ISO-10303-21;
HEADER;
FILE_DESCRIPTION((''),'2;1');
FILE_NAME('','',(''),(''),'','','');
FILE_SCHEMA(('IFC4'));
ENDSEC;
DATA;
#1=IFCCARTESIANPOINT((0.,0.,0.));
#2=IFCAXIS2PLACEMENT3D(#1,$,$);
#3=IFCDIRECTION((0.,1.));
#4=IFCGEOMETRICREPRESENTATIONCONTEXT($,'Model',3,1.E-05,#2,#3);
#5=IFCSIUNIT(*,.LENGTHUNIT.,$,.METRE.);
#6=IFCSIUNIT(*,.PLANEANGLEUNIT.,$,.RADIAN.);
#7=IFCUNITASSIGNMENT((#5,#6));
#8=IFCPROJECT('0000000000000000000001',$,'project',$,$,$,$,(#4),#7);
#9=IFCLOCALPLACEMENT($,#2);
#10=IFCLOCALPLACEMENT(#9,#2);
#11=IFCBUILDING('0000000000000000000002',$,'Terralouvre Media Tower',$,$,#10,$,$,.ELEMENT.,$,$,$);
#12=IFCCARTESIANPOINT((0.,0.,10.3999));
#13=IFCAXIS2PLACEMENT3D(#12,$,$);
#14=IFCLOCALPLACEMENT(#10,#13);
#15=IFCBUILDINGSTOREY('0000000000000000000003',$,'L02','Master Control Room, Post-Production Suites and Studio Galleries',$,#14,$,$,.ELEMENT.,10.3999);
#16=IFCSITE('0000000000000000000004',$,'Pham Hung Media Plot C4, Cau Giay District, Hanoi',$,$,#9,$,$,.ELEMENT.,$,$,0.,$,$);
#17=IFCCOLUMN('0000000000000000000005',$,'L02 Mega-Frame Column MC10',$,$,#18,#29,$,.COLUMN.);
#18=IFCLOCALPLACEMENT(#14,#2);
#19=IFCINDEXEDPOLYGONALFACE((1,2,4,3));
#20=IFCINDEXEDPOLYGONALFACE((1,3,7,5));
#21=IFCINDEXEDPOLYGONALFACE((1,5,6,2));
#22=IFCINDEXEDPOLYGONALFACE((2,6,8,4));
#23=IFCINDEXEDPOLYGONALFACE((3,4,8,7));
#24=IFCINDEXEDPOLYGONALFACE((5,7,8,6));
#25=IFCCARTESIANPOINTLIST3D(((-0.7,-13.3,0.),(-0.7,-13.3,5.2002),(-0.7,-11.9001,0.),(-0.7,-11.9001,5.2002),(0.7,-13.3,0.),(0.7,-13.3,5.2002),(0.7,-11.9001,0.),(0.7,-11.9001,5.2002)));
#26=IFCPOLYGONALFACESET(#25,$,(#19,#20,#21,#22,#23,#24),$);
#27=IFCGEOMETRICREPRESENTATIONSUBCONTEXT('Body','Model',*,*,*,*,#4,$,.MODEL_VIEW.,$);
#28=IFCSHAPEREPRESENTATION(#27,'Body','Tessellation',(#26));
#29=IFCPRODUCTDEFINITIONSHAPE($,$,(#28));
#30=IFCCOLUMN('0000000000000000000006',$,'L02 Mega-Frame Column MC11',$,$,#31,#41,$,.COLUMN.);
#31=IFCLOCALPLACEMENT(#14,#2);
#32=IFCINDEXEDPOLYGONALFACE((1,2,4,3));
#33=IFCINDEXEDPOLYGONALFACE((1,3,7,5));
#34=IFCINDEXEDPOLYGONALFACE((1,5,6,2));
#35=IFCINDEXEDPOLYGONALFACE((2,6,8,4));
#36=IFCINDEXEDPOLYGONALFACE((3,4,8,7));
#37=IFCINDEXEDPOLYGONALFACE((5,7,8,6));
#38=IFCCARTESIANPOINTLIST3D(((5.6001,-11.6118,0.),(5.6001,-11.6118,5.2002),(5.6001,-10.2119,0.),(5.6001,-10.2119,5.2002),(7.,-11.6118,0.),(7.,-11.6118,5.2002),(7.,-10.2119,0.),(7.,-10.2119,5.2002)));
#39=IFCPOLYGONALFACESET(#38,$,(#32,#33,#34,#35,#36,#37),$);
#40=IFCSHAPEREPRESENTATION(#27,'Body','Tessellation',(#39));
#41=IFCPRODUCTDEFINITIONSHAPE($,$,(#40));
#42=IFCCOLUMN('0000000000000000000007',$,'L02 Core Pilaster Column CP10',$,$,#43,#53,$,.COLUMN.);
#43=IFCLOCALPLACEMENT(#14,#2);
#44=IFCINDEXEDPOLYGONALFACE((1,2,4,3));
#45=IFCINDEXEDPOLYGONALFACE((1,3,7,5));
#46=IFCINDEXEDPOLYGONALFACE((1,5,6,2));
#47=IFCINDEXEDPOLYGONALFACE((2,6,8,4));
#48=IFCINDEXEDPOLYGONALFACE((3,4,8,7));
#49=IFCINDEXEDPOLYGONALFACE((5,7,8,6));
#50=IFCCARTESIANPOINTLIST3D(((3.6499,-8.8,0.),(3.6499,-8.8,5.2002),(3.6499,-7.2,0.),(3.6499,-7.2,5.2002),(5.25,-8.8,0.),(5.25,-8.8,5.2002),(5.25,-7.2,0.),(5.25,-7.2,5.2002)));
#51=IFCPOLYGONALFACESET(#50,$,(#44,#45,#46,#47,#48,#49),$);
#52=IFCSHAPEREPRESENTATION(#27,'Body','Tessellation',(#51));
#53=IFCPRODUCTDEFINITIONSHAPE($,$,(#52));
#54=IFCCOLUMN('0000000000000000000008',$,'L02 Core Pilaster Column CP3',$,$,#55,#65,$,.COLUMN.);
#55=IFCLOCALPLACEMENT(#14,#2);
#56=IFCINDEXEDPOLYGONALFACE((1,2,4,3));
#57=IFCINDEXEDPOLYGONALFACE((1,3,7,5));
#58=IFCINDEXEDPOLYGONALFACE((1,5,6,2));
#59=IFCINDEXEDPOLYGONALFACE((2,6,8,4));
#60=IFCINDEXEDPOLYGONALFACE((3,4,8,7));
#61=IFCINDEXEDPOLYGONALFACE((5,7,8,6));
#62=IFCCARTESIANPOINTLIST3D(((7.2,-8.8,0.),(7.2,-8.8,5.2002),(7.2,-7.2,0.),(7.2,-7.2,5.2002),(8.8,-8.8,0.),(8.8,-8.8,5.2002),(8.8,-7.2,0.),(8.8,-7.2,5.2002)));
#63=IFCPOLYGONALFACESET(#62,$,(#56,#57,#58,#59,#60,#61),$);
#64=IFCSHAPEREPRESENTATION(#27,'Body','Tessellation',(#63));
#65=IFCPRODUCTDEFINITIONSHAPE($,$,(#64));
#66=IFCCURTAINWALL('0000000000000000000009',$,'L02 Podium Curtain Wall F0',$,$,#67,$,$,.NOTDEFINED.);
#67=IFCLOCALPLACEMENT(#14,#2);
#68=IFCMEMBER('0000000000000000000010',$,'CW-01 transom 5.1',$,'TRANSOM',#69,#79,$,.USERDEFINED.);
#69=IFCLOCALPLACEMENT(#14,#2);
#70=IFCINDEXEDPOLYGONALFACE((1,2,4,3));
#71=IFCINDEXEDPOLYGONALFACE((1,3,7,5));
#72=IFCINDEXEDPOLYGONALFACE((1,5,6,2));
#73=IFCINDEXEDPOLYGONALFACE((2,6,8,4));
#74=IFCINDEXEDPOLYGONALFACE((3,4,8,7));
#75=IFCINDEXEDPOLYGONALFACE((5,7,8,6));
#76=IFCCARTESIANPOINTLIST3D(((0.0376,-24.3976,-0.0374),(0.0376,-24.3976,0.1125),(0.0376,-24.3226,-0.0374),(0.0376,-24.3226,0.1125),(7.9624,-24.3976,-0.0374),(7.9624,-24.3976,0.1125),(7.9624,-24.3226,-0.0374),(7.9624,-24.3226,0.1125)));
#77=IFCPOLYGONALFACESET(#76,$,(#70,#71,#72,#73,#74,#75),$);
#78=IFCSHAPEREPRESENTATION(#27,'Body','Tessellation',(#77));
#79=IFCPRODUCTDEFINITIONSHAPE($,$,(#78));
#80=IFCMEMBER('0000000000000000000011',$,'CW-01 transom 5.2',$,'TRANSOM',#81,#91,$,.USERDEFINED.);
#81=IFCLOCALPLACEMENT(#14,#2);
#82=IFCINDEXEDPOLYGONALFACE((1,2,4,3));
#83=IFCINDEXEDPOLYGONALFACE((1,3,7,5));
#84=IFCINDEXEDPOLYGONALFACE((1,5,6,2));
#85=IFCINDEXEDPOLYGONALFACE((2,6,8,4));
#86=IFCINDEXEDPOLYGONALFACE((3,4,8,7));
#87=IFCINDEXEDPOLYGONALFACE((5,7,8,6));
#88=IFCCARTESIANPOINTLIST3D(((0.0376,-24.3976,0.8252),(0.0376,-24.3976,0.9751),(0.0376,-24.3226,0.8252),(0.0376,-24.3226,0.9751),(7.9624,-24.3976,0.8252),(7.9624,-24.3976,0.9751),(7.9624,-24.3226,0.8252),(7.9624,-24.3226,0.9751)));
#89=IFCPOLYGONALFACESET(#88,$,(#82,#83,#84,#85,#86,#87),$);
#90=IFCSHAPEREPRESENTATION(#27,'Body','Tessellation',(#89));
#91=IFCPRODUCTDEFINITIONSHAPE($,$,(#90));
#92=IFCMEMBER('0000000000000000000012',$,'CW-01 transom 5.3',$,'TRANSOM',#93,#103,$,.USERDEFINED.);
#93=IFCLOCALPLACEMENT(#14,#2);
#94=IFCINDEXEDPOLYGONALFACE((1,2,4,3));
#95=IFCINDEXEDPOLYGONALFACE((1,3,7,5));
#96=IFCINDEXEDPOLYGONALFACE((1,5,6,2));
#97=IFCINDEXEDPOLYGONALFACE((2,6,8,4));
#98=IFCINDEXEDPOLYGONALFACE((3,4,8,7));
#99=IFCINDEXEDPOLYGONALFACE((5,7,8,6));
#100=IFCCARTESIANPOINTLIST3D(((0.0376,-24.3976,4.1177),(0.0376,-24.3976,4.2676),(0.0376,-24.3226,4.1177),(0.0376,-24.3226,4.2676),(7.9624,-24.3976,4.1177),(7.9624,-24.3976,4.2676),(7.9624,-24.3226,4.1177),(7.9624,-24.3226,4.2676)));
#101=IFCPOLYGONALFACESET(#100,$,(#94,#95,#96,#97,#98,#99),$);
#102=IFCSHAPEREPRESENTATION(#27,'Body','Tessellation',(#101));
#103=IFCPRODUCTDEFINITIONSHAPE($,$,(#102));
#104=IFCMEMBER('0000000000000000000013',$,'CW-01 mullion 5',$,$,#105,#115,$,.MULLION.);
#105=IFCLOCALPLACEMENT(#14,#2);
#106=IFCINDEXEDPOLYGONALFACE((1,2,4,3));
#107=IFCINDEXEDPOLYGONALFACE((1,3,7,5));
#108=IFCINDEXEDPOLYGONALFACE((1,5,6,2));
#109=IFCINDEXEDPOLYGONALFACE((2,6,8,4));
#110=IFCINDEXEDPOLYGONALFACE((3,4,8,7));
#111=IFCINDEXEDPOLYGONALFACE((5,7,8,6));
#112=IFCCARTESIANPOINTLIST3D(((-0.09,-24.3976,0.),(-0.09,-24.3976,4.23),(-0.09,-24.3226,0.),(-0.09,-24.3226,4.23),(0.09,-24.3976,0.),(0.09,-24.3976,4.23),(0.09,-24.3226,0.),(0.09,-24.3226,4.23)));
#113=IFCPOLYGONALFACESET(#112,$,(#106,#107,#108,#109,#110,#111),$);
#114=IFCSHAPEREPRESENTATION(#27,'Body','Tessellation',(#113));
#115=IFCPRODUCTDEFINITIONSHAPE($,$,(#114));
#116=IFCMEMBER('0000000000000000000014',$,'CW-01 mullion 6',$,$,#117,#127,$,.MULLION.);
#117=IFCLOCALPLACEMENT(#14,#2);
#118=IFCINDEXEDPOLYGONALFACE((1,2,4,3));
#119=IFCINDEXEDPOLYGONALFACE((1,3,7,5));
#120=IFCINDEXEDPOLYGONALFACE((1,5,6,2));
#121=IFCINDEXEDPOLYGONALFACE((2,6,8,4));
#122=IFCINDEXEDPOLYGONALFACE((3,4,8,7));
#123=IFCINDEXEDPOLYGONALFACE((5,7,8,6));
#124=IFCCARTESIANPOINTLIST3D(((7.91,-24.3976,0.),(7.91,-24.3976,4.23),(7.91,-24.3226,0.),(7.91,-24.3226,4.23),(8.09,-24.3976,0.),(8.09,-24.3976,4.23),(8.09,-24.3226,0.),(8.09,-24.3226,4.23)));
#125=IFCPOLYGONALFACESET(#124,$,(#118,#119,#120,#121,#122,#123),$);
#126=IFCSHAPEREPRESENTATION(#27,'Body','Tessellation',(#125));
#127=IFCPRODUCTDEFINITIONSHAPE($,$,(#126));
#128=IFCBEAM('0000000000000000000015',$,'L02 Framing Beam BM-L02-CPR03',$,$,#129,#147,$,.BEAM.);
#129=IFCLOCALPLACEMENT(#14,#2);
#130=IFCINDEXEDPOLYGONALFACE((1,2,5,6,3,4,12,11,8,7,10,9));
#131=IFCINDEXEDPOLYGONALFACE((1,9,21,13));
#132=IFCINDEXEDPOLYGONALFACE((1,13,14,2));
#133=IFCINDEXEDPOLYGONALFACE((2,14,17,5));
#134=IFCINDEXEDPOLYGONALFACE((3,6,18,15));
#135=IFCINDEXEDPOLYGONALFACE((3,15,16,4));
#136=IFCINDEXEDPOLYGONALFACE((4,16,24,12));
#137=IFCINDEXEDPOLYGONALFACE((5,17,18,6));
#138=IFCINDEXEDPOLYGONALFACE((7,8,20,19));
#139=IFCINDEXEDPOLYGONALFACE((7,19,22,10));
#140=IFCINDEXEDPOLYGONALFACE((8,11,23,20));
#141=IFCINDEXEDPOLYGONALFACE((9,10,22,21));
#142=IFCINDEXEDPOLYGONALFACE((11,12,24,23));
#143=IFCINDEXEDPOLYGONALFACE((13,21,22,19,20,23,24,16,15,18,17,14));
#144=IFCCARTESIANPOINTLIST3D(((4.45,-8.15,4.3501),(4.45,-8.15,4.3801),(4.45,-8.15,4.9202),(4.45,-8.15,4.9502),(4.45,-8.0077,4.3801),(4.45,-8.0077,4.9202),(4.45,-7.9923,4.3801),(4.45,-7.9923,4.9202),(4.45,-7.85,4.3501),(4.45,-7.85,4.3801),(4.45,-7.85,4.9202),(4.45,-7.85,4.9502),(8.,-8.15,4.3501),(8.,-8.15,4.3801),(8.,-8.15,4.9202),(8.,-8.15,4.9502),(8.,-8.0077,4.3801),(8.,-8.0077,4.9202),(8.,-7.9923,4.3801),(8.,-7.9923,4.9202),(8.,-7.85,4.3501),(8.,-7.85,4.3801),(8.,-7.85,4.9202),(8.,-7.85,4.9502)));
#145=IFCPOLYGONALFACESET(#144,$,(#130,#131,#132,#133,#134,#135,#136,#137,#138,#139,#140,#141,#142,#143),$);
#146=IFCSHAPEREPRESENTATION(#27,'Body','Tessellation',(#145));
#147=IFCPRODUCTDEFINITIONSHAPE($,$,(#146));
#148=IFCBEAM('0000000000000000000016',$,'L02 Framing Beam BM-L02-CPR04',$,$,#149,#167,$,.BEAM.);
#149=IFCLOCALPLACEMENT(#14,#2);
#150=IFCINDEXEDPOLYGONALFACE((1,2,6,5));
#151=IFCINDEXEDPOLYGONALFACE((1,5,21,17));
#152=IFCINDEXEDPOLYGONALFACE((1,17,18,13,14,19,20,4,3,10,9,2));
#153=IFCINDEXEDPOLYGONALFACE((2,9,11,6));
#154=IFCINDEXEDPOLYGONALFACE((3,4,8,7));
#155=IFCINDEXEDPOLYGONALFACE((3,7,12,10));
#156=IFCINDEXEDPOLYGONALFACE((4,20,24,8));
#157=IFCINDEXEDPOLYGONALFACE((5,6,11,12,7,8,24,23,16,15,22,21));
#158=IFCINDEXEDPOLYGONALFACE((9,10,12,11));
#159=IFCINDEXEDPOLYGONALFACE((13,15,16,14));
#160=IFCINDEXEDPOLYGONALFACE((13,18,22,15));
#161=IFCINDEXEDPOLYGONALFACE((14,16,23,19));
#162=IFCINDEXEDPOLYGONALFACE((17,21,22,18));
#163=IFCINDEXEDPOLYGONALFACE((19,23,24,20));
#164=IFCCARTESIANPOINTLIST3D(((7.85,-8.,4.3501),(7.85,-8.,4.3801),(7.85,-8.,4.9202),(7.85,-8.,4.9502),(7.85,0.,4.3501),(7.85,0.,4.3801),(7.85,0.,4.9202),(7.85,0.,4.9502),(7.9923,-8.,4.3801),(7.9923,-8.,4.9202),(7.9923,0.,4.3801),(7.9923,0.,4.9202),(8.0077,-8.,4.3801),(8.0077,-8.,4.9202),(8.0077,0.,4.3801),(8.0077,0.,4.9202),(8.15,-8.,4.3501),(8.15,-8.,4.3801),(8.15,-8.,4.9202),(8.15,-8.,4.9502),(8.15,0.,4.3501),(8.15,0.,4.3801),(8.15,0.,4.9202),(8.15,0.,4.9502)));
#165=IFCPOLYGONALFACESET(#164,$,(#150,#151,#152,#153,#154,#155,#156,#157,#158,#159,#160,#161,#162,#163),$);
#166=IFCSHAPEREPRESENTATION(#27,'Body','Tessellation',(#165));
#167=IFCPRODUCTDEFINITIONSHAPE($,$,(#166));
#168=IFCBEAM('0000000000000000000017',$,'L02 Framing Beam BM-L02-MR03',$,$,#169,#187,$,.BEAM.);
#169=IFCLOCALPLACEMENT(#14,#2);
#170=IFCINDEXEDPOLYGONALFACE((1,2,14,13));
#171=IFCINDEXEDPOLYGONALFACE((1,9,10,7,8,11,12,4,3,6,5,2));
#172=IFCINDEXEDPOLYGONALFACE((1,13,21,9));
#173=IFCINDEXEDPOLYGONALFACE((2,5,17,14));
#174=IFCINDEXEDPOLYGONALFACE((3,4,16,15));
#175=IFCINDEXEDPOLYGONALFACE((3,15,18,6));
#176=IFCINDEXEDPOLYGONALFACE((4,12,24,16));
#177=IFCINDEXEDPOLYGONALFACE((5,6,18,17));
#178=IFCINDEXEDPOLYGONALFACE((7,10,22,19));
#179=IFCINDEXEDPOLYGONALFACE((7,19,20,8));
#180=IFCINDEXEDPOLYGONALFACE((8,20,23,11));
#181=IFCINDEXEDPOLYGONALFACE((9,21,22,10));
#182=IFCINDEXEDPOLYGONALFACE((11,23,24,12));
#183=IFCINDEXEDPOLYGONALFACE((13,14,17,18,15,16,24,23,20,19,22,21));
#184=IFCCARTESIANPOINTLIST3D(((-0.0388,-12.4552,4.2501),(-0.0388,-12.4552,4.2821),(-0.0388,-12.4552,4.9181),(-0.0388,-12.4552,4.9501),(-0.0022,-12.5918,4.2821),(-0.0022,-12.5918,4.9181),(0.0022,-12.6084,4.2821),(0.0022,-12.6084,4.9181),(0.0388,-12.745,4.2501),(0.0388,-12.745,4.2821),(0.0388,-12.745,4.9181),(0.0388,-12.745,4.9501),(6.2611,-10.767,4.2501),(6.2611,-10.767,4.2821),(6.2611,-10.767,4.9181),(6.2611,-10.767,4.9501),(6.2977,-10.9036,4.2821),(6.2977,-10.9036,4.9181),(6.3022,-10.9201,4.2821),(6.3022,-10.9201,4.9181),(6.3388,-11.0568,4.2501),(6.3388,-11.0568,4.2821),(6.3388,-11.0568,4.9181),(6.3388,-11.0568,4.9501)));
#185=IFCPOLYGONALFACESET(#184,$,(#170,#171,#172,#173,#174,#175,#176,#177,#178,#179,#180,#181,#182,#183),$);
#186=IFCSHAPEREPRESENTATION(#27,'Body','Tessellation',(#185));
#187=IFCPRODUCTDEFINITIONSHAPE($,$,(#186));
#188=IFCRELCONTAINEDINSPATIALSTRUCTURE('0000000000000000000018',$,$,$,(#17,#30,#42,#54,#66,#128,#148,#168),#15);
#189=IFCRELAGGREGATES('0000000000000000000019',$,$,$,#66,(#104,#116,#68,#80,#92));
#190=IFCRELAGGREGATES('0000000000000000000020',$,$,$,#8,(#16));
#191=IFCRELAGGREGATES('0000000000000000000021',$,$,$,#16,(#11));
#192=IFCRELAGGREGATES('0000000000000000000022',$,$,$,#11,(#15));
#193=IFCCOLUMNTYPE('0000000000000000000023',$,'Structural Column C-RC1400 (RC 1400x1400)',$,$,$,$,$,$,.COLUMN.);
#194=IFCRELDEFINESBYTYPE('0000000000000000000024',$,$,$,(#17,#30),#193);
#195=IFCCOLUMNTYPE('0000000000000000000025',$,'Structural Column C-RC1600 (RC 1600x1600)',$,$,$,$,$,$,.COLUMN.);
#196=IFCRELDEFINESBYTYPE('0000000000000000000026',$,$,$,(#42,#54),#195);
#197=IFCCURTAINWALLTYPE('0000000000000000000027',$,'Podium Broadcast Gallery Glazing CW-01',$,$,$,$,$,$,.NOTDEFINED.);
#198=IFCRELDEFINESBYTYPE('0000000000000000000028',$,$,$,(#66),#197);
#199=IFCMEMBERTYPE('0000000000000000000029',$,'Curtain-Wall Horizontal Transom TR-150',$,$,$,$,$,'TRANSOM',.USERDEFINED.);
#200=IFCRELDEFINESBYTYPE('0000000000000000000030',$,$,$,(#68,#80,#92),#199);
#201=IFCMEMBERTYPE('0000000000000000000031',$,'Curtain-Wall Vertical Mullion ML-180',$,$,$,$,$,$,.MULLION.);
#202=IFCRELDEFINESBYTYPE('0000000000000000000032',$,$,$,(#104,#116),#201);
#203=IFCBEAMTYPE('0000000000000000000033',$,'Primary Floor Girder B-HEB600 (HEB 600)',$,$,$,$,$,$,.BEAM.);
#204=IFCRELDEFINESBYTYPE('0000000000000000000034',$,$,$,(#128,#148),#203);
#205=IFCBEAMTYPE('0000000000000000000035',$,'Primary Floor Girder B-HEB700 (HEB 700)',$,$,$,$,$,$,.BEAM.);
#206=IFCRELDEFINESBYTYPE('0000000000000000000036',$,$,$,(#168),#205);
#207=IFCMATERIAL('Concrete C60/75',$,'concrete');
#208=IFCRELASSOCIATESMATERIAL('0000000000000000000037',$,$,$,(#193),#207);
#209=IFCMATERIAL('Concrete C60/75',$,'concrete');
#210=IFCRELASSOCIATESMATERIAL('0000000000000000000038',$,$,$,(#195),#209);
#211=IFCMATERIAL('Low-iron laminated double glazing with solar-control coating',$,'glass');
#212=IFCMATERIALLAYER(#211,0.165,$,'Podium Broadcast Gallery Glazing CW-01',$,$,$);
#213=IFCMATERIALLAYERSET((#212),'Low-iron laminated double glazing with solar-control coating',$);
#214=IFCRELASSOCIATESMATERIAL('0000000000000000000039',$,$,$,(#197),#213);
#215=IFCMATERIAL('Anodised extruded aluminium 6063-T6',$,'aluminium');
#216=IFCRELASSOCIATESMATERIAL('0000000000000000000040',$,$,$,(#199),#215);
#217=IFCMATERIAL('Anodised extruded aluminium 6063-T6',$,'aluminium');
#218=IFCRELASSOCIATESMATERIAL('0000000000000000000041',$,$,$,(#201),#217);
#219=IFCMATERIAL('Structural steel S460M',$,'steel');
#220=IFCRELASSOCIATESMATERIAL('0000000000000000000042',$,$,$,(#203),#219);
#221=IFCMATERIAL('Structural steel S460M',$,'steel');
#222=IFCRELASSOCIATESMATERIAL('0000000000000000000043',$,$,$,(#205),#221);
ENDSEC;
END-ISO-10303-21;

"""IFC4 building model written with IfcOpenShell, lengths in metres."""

from ifc_helpers import new_model, si_unit, direction, frame, origin, origin_2d, place, context, subcontext, project, spatial, rectangle, i_section, extrude, material, layer, layer_set, material_profile, profile_set, type_object, element, aggregate, save


model = new_model("IFC4")

# Units and contexts
model_context = context("Model", 3, precision=1e-05, world=origin(), true_north=direction((0.0, 1.0)))
body_context = subcontext(model_context, "Body", "Model", "MODEL_VIEW")
ifc_project = project(units=[si_unit("LENGTHUNIT", "METRE"), si_unit("PLANEANGLEUNIT", "RADIAN")], contexts=[model_context])

# Site, building, storey
site_placement = place(None, origin())
site = spatial("IfcSite", under=ifc_project, at=site_placement, Name="Pham Hung Media Plot C4, Cau Giay District, Hanoi", CompositionType="ELEMENT", RefElevation=0.0)
building_placement = place(site_placement, origin())
building = spatial("IfcBuilding", under=site, at=building_placement, Name="Terralouvre Media Tower", CompositionType="ELEMENT")
storey_placement = place(building_placement, frame((0.0, 0.0, 10.3999)))
storey = spatial("IfcBuildingStorey", under=building, at=storey_placement, Name="L02", Description="Master Control Room, Post-Production Suites and Studio Galleries", CompositionType="ELEMENT", Elevation=10.3999)

# Columns
ifc_material_1 = material(Name="Concrete C60/75", Category="concrete")
ifc_material_profile_1 = material_profile(ifc_material_1, rectangle(XDim=1.3999, YDim=1.3999, at=origin_2d()), Name="RC 1400x1400")
ifc_profile_set_1 = profile_set([ifc_material_profile_1], Name="Concrete C60/75")
column_type_1 = type_object("IfcColumnType", Name="Structural Column C-RC1400 (RC 1400x1400)", PredefinedType="COLUMN", material=ifc_profile_set_1)
for number, where, z_axis, x_axis, name in (
    (1, (0.0, -12.6001, 0.0), (0.0, 0.0, 1.0), (1.0, 0.0, 0.0), "L02 Mega-Frame Column MC10"),
    (2, (6.3, -10.9119, 0.0), (0.0, 0.0, 1.0), (1.0, 0.0, 0.0), "L02 Mega-Frame Column MC11"),
):
    element("IfcColumn", number, at=place(storey_placement, frame(where, z_axis=z_axis, x_axis=x_axis)), inside=storey, type_object=column_type_1, Name=name, PredefinedType="COLUMN", context=body_context, shape_type="SweptSolid", body=[
        extrude(rectangle(XDim=1.3999, YDim=1.3999, at=origin_2d()), origin(), (0.0, 0.0, 1.0), 5.2002),
    ])
ifc_material_2 = material(Name="Concrete C60/75", Category="concrete")
ifc_material_profile_2 = material_profile(ifc_material_2, rectangle(XDim=1.6001, YDim=1.6001, at=origin_2d()), Name="RC 1600x1600")
ifc_profile_set_2 = profile_set([ifc_material_profile_2], Name="Concrete C60/75")
column_type_2 = type_object("IfcColumnType", Name="Structural Column C-RC1600 (RC 1600x1600)", PredefinedType="COLUMN", material=ifc_profile_set_2)
for number, where, z_axis, x_axis, name in (
    (3, (4.45, -8.0, 0.0), (0.0, 0.0, 1.0), (1.0, 0.0, 0.0), "L02 Core Pilaster Column CP10"),
    (4, (8.0, -8.0, 0.0), (0.0, 0.0, 1.0), (1.0, 0.0, 0.0), "L02 Core Pilaster Column CP3"),
):
    element("IfcColumn", number, at=place(storey_placement, frame(where, z_axis=z_axis, x_axis=x_axis)), inside=storey, type_object=column_type_2, Name=name, PredefinedType="COLUMN", context=body_context, shape_type="SweptSolid", body=[
        extrude(rectangle(XDim=1.6001, YDim=1.6001, at=origin_2d()), origin(), (0.0, 0.0, 1.0), 5.2002),
    ])

# Curtain wall, members
ifc_material_3 = material(Name="Low-iron laminated double glazing with solar-control coating", Category="glass")
ifc_layer_1 = layer(ifc_material_3, 0.165, Name="Podium Broadcast Gallery Glazing CW-01")
ifc_layer_set_1 = layer_set([ifc_layer_1], Name="Low-iron laminated double glazing with solar-control coating")
curtain_wall_type = type_object("IfcCurtainWallType", Name="Podium Broadcast Gallery Glazing CW-01", PredefinedType="NOTDEFINED", material=ifc_layer_set_1)
curtain_wall_placement = place(storey_placement, origin())
curtain_wall = element("IfcCurtainWall", 5, at=curtain_wall_placement, inside=storey, type_object=curtain_wall_type, Name="L02 Podium Curtain Wall F0", PredefinedType="NOTDEFINED")
ifc_material_4 = material(Name="Anodised extruded aluminium 6063-T6", Category="aluminium")
ifc_material_profile_3 = material_profile(ifc_material_4, rectangle(XDim=0.075, YDim=0.1499, at=origin_2d()), Name="ALU 75x150")
ifc_profile_set_3 = profile_set([ifc_material_profile_3], Name="Anodised extruded aluminium 6063-T6")
member_type_1 = type_object("IfcMemberType", Name="Curtain-Wall Horizontal Transom TR-150", ElementType="TRANSOM", PredefinedType="USERDEFINED", material=ifc_profile_set_3)
member_1_placement = place(storey_placement, frame((0.0376, -24.3601, 0.0376), z_axis=(1.0, 0.0, 0.0), x_axis=(0.0, 1.0, 0.0)))
member_1 = element("IfcMember", 6, at=member_1_placement, type_object=member_type_1, Name="CW-01 transom 5.1", ObjectType="TRANSOM", PredefinedType="USERDEFINED", context=body_context, shape_type="SweptSolid", body=[
    extrude(rectangle(XDim=0.075, YDim=0.1499, at=origin_2d()), origin(), (0.0, 0.0, 1.0), 7.9248),
])
member_2_placement = place(storey_placement, frame((0.0376, -24.3601, 0.9001), z_axis=(1.0, 0.0, 0.0), x_axis=(0.0, 1.0, 0.0)))
member_2 = element("IfcMember", 7, at=member_2_placement, type_object=member_type_1, Name="CW-01 transom 5.2", ObjectType="TRANSOM", PredefinedType="USERDEFINED", context=body_context, shape_type="SweptSolid", body=[
    extrude(rectangle(XDim=0.075, YDim=0.1499, at=origin_2d()), origin(), (0.0, 0.0, 1.0), 7.9248),
])
member_3_placement = place(storey_placement, frame((0.0376, -24.3601, 4.1926), z_axis=(1.0, 0.0, 0.0), x_axis=(0.0, 1.0, 0.0)))
member_3 = element("IfcMember", 8, at=member_3_placement, type_object=member_type_1, Name="CW-01 transom 5.3", ObjectType="TRANSOM", PredefinedType="USERDEFINED", context=body_context, shape_type="SweptSolid", body=[
    extrude(rectangle(XDim=0.075, YDim=0.1499, at=origin_2d()), origin(), (0.0, 0.0, 1.0), 7.9248),
])
ifc_material_5 = material(Name="Anodised extruded aluminium 6063-T6", Category="aluminium")
ifc_material_profile_4 = material_profile(ifc_material_5, rectangle(XDim=0.075, YDim=0.1799, at=origin_2d()), Name="ALU 75x180")
ifc_profile_set_4 = profile_set([ifc_material_profile_4], Name="Anodised extruded aluminium 6063-T6")
member_type_2 = type_object("IfcMemberType", Name="Curtain-Wall Vertical Mullion ML-180", PredefinedType="MULLION", material=ifc_profile_set_4)
member_4_placement = place(storey_placement, frame((0.0, -24.3601, 0.0), z_axis=(0.0, 0.0, 1.0), x_axis=(0.0, 1.0, 0.0)))
member_4 = element("IfcMember", 9, at=member_4_placement, type_object=member_type_2, Name="CW-01 mullion 5", PredefinedType="MULLION", context=body_context, shape_type="SweptSolid", body=[
    extrude(rectangle(XDim=0.075, YDim=0.1799, at=origin_2d()), origin(), (0.0, 0.0, 1.0), 4.23),
])
member_5_placement = place(storey_placement, frame((8.0, -24.3601, 0.0), z_axis=(0.0, 0.0, 1.0), x_axis=(0.0, 1.0, 0.0)))
member_5 = element("IfcMember", 10, at=member_5_placement, type_object=member_type_2, Name="CW-01 mullion 6", PredefinedType="MULLION", context=body_context, shape_type="SweptSolid", body=[
    extrude(rectangle(XDim=0.075, YDim=0.1799, at=origin_2d()), origin(), (0.0, 0.0, 1.0), 4.23),
])

# Beams
ifc_material_6 = material(Name="Structural steel S460M", Category="steel")
ifc_material_profile_5 = material_profile(ifc_material_6, i_section(OverallWidth=0.3, OverallDepth=0.6001, WebThickness=0.0154, FlangeThickness=0.03, at=origin_2d()), Name="HEB 600")
ifc_profile_set_5 = profile_set([ifc_material_profile_5], Name="Structural steel S460M")
beam_type_1 = type_object("IfcBeamType", Name="Primary Floor Girder B-HEB600 (HEB 600)", PredefinedType="BEAM", material=ifc_profile_set_5)
beam_1_placement = place(storey_placement, frame((4.45, -8.0, 4.6501), z_axis=(1.0, 0.0, 0.0), x_axis=(0.0, 1.0, 0.0)))
element("IfcBeam", 11, at=beam_1_placement, inside=storey, type_object=beam_type_1, Name="L02 Framing Beam BM-L02-CPR03", PredefinedType="BEAM", context=body_context, shape_type="SweptSolid", body=[
    extrude(i_section(OverallWidth=0.3, OverallDepth=0.6001, WebThickness=0.0154, FlangeThickness=0.03, at=origin_2d()), origin(), (0.0, 0.0, 1.0), 3.55),
])
beam_2_placement = place(storey_placement, frame((8.0, -8.0, 4.6501), z_axis=(0.0, 1.0, 0.0), x_axis=(-1.0, 0.0, 0.0)))
element("IfcBeam", 12, at=beam_2_placement, inside=storey, type_object=beam_type_1, Name="L02 Framing Beam BM-L02-CPR04", PredefinedType="BEAM", context=body_context, shape_type="SweptSolid", body=[
    extrude(i_section(OverallWidth=0.3, OverallDepth=0.6001, WebThickness=0.0154, FlangeThickness=0.03, at=origin_2d()), origin(), (0.0, 0.0, 1.0), 8.0),
])
ifc_material_7 = material(Name="Structural steel S460M", Category="steel")
ifc_material_profile_6 = material_profile(ifc_material_7, i_section(OverallWidth=0.3, OverallDepth=0.7, WebThickness=0.0171, FlangeThickness=0.032, at=origin_2d()), Name="HEB 700")
ifc_profile_set_6 = profile_set([ifc_material_profile_6], Name="Structural steel S460M")
beam_type_2 = type_object("IfcBeamType", Name="Primary Floor Girder B-HEB700 (HEB 700)", PredefinedType="BEAM", material=ifc_profile_set_6)
beam_3_placement = place(storey_placement, frame((0.0, -12.6001, 4.6001), z_axis=(0.96592, 0.258839, 0.0), x_axis=(-0.258839, 0.96592, 0.0)))
element("IfcBeam", 13, at=beam_3_placement, inside=storey, type_object=beam_type_2, Name="L02 Framing Beam BM-L02-MR03", PredefinedType="BEAM", context=body_context, shape_type="SweptSolid", body=[
    extrude(i_section(OverallWidth=0.3, OverallDepth=0.7, WebThickness=0.0171, FlangeThickness=0.032, at=origin_2d()), origin(), (0.0, 0.0, 1.0), 6.5222),
])

aggregate(curtain_wall, [member_4, member_5, member_1, member_2, member_3])

save(model, "model.ifc")
